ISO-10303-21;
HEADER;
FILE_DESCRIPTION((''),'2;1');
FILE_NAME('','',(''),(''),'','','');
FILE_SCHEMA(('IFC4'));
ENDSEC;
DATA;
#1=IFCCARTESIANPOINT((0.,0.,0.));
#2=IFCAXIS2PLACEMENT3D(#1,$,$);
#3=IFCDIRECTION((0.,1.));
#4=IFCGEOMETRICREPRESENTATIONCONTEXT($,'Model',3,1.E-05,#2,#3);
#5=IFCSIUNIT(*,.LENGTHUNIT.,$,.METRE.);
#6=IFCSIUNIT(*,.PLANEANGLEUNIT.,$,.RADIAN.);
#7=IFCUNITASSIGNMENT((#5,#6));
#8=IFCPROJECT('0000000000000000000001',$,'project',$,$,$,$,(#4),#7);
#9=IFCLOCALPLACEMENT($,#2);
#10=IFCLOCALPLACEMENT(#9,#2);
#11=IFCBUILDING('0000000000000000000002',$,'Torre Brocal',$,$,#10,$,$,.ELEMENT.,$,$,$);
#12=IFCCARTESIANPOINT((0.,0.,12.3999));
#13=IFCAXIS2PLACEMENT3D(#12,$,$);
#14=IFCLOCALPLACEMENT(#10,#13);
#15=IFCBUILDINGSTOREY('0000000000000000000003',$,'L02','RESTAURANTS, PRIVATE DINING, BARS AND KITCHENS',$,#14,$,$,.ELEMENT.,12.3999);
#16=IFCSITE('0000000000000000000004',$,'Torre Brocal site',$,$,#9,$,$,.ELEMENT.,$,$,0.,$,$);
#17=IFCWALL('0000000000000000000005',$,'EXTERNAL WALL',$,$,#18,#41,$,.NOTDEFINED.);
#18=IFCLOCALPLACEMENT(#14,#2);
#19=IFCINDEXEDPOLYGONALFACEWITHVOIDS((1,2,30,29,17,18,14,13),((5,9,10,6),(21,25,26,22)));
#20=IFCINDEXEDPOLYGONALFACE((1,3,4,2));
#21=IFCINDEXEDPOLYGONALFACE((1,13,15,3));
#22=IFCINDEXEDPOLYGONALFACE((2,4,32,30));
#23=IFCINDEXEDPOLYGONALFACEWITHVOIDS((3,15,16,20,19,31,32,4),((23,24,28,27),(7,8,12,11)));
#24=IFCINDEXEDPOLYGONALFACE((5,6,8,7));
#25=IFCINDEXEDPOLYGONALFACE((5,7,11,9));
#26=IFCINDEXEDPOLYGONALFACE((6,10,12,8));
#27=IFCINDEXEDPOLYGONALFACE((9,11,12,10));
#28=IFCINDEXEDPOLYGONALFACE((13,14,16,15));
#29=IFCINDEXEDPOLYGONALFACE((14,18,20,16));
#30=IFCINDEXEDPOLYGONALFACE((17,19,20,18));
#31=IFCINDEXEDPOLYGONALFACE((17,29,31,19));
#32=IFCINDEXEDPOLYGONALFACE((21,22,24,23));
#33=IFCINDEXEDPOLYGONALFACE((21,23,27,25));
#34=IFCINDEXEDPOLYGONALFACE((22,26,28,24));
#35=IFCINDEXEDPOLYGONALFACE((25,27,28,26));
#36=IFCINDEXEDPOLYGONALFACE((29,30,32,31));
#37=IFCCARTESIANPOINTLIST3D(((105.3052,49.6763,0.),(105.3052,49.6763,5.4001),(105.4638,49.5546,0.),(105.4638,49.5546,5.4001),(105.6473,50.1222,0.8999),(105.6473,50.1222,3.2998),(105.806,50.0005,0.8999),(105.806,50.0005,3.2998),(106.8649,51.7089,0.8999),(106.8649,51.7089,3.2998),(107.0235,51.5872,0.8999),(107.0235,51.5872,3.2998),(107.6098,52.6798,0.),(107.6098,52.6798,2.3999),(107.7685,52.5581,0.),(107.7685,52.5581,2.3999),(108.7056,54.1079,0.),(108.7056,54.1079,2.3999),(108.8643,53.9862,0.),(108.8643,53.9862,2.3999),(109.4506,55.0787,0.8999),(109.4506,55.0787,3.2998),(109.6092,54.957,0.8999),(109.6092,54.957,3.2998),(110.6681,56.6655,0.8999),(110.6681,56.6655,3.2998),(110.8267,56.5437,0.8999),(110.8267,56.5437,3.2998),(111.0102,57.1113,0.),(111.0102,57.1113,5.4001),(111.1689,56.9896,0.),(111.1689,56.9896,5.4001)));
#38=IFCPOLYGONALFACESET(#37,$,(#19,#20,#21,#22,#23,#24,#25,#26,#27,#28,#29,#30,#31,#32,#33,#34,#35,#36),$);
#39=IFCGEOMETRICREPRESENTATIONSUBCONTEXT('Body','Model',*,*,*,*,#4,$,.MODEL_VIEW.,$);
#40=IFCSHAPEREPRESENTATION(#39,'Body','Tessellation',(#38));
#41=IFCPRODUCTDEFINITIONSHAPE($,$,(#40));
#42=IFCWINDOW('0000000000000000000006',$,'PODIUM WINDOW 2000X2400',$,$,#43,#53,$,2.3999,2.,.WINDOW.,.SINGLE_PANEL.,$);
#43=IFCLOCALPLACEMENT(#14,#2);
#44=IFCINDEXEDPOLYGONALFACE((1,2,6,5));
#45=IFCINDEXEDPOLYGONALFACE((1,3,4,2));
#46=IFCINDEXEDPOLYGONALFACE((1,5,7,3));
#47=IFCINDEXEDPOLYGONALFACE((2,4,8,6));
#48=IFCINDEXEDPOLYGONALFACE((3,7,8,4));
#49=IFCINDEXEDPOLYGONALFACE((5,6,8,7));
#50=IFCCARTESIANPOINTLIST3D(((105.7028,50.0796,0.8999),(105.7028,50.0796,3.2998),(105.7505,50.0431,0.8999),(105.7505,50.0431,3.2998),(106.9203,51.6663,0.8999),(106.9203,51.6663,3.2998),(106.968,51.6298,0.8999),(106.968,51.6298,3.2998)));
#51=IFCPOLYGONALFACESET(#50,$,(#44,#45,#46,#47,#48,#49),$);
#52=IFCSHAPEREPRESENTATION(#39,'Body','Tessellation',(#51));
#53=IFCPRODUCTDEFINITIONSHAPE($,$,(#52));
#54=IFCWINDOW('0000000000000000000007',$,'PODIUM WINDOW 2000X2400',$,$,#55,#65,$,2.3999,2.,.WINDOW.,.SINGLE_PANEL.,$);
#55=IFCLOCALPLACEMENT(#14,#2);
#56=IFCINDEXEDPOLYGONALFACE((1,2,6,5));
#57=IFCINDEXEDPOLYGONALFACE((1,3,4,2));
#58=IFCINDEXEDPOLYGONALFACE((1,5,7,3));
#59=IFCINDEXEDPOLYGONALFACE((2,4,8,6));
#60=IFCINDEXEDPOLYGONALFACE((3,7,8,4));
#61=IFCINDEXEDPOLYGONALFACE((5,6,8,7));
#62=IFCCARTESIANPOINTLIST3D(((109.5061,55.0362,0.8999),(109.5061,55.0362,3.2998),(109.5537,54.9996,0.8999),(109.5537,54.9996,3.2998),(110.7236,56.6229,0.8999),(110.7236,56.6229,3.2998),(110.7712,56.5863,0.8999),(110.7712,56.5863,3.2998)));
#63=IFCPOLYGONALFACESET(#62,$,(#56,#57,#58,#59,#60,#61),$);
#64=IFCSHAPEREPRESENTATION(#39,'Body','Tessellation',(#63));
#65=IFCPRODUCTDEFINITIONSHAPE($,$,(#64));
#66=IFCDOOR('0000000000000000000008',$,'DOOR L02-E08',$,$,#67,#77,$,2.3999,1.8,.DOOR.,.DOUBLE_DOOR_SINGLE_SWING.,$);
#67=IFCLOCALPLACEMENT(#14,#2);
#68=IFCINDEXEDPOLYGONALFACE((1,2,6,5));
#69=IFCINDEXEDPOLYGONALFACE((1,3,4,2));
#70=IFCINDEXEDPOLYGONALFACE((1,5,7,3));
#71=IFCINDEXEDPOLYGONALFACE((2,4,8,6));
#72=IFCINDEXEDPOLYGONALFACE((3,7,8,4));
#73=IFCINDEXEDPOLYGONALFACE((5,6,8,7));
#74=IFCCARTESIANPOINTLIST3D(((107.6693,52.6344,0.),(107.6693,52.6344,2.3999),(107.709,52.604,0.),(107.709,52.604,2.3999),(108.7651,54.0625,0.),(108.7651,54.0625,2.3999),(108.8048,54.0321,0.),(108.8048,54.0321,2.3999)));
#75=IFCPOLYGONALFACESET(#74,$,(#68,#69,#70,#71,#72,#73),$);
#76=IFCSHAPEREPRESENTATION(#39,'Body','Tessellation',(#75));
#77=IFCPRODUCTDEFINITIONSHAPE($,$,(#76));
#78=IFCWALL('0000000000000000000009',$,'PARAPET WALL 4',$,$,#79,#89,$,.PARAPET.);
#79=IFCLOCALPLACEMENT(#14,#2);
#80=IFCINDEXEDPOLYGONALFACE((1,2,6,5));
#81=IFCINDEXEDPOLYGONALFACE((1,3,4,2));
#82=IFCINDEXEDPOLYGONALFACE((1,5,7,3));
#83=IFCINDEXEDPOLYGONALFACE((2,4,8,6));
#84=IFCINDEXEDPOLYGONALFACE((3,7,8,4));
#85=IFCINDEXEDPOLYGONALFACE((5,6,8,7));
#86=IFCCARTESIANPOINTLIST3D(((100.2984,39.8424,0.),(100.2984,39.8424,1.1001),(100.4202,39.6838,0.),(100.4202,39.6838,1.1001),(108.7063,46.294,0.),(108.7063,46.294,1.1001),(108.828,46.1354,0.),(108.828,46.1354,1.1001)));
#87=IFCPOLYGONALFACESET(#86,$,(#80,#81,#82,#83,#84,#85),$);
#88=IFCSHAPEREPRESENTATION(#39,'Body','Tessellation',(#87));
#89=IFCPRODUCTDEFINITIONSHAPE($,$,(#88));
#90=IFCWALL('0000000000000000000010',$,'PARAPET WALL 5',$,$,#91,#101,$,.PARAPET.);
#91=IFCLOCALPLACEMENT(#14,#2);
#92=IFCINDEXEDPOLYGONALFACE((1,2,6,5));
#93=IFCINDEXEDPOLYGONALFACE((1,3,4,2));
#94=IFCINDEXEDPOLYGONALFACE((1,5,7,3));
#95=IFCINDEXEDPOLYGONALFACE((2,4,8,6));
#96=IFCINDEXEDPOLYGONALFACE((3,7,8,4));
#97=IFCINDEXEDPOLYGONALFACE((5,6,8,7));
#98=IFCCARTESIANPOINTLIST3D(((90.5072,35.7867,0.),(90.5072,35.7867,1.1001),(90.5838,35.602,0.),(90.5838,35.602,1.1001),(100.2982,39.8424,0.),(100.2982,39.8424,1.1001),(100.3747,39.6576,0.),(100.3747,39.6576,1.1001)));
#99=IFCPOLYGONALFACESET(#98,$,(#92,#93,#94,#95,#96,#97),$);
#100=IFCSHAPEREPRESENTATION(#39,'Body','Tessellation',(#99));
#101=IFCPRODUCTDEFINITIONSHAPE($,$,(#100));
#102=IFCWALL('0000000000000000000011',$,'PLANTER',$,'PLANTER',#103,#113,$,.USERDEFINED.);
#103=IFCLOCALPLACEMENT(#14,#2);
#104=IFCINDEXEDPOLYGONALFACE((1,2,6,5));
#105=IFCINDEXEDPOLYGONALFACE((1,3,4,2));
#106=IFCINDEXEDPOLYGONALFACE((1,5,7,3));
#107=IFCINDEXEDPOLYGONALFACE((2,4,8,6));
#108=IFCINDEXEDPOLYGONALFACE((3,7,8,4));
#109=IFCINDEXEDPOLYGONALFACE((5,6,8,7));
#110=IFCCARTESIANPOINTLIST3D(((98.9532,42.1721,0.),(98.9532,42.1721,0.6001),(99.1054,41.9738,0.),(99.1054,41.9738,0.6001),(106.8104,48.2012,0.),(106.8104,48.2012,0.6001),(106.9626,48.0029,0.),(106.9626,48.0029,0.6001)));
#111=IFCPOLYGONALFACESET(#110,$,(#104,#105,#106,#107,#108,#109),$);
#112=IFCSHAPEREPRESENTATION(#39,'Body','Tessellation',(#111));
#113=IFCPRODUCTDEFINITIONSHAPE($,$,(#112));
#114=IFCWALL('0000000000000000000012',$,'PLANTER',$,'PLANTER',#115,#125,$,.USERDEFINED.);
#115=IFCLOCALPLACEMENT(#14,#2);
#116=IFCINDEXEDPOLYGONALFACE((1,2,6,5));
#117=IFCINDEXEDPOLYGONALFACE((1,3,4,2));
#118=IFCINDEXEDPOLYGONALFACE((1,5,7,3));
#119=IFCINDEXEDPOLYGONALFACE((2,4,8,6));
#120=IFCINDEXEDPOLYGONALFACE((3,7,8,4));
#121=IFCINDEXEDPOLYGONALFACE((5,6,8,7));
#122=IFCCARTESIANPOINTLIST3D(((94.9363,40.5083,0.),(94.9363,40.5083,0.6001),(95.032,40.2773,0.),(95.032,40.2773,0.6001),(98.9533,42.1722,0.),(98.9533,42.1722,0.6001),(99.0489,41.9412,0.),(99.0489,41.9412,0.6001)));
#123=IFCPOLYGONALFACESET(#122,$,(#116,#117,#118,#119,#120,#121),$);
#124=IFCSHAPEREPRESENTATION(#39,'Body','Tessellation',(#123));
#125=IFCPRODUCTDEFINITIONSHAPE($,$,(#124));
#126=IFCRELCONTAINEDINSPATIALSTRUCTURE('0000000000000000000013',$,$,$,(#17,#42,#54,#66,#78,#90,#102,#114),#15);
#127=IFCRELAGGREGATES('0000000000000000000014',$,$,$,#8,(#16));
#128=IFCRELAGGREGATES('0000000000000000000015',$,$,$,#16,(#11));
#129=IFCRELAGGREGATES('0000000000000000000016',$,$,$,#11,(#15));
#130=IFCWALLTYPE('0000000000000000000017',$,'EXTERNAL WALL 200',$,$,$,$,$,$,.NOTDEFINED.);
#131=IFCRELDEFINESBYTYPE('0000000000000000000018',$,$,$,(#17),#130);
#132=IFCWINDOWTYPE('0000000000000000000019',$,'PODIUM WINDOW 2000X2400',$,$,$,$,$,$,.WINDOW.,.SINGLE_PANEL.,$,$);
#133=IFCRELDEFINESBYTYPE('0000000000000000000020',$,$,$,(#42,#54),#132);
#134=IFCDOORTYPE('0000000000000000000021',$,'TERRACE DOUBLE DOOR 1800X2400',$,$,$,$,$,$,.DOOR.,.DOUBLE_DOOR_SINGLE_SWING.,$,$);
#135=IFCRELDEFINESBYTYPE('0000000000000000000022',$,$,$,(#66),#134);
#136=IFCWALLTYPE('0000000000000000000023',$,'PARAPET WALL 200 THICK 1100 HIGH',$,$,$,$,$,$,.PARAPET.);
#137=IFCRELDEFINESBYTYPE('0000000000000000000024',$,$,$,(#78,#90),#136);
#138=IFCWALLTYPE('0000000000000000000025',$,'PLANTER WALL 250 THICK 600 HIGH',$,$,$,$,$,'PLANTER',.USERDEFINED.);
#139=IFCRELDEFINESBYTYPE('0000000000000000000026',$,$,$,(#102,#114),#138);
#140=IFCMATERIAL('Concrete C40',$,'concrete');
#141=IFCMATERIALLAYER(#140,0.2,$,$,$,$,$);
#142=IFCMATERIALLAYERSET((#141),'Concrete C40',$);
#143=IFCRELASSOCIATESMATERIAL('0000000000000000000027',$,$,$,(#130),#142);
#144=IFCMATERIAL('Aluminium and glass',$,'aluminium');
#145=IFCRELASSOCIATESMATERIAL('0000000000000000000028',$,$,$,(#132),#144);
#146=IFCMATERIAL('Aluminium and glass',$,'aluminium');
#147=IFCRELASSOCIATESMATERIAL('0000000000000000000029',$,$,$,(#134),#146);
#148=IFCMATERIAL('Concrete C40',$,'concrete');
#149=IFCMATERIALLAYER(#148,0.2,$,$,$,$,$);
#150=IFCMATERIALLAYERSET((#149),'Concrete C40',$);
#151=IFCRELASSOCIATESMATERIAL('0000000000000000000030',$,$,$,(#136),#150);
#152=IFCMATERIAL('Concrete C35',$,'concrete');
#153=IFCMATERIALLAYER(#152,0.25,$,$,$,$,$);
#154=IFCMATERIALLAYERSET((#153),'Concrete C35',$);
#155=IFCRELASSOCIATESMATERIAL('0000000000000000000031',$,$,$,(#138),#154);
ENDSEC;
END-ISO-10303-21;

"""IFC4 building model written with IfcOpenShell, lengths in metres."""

from ifc_helpers import new_model, si_unit, direction, frame, frame_2d, origin, place, context, subcontext, project, spatial, rectangle, extrude, material, layer, layer_set, type_object, element, fill, save


model = new_model("IFC4")

# Units and contexts
model_context = context("Model", 3, precision=1e-05, world=origin(), true_north=direction((0.0, 1.0)))
body_context = subcontext(model_context, "Body", "Model", "MODEL_VIEW")
ifc_project = project(units=[si_unit("LENGTHUNIT", "METRE"), si_unit("PLANEANGLEUNIT", "RADIAN")], contexts=[model_context])

# Site, building, storey
site_placement = place(None, origin())
site = spatial("IfcSite", under=ifc_project, at=site_placement, Name="Torre Brocal site", CompositionType="ELEMENT", RefElevation=0.0)
building_placement = place(site_placement, origin())
building = spatial("IfcBuilding", under=site, at=building_placement, Name="Torre Brocal", CompositionType="ELEMENT")
storey_placement = place(building_placement, frame((0.0, 0.0, 12.3999)))
storey = spatial("IfcBuildingStorey", under=building, at=storey_placement, Name="L02", Description="RESTAURANTS, PRIVATE DINING, BARS AND KITCHENS", CompositionType="ELEMENT", Elevation=12.3999)

# Wall, openings, windows, door
ifc_material_1 = material(Name="Concrete C40", Category="concrete")
ifc_layer_1 = layer(ifc_material_1, 0.2)
ifc_layer_set_1 = layer_set([ifc_layer_1], Name="Concrete C40")
wall_type_1 = type_object("IfcWallType", Name="EXTERNAL WALL 200", PredefinedType="NOTDEFINED", material=ifc_layer_set_1)
wall_1_placement = place(storey_placement, frame((105.3845, 49.6155, 0.0), z_axis=(0.0, 0.0, 1.0), x_axis=(0.608759, 0.793356, 0.0)))
wall_1 = element("IfcWall", 1, at=wall_1_placement, inside=storey, type_object=wall_type_1, Name="EXTERNAL WALL", PredefinedType="NOTDEFINED", context=body_context, shape_type="SweptSolid", body=[
    extrude(rectangle(XDim=9.3716, YDim=0.2, at=frame_2d((4.6858, 0.0))), origin(), (0.0, 0.0, 1.0), 5.4001),
])
opening_1_placement = place(wall_1_placement, frame((0.562, 0.0, 0.8999)))
opening_1 = element("IfcOpeningElement", 2, at=opening_1_placement, cuts=wall_1, PredefinedType="OPENING", context=body_context, shape_type="SweptSolid", body=[
    extrude(rectangle(XDim=2.0, YDim=2.3999, at=frame_2d((1.0, 1.2))), frame((0.0, 0.1099, 0.0), z_axis=(0.0, -1.0, 0.0), x_axis=(1.0, 0.0, 0.0)), (0.0, 0.0, 1.0), 0.22),
])
opening_2_placement = place(wall_1_placement, frame((3.7859, 0.0, 0.0)))
opening_2 = element("IfcOpeningElement", 3, at=opening_2_placement, cuts=wall_1, PredefinedType="OPENING", context=body_context, shape_type="SweptSolid", body=[
    extrude(rectangle(XDim=1.8, YDim=2.3999, at=frame_2d((0.8999, 1.2))), frame((0.0, 0.1099, 0.0), z_axis=(0.0, -1.0, 0.0), x_axis=(1.0, 0.0, 0.0)), (0.0, 0.0, 1.0), 0.22),
])
opening_3_placement = place(wall_1_placement, frame((6.8096, 0.0, 0.8999)))
opening_3 = element("IfcOpeningElement", 4, at=opening_3_placement, cuts=wall_1, PredefinedType="OPENING", context=body_context, shape_type="SweptSolid", body=[
    extrude(rectangle(XDim=2.0, YDim=2.3999, at=frame_2d((1.0, 1.2))), frame((0.0, 0.1099, 0.0), z_axis=(0.0, -1.0, 0.0), x_axis=(1.0, 0.0, 0.0)), (0.0, 0.0, 1.0), 0.22),
])
ifc_material_2 = material(Name="Aluminium and glass", Category="aluminium")
window_type = type_object("IfcWindowType", Name="PODIUM WINDOW 2000X2400", PartitioningType="SINGLE_PANEL", PredefinedType="WINDOW", material=ifc_material_2)
window_1_placement = place(opening_1_placement, origin())
window_1 = element("IfcWindow", 5, at=window_1_placement, inside=storey, type_object=window_type, Name="PODIUM WINDOW 2000X2400", OverallHeight=2.3999, OverallWidth=2.0, PartitioningType="SINGLE_PANEL", PredefinedType="WINDOW", context=body_context, shape_type="SweptSolid", body=[
    extrude(rectangle(XDim=2.0, YDim=2.3999, at=frame_2d((1.0, 1.2))), frame((0.0, 0.03, 0.0), z_axis=(0.0, -1.0, 0.0), x_axis=(1.0, 0.0, 0.0)), (0.0, 0.0, 1.0), 0.0601),
])
fill(opening_1, window_1)
window_2_placement = place(opening_3_placement, origin())
window_2 = element("IfcWindow", 6, at=window_2_placement, inside=storey, type_object=window_type, Name="PODIUM WINDOW 2000X2400", OverallHeight=2.3999, OverallWidth=2.0, PartitioningType="SINGLE_PANEL", PredefinedType="WINDOW", context=body_context, shape_type="SweptSolid", body=[
    extrude(rectangle(XDim=2.0, YDim=2.3999, at=frame_2d((1.0, 1.2))), frame((0.0, 0.03, 0.0), z_axis=(0.0, -1.0, 0.0), x_axis=(1.0, 0.0, 0.0)), (0.0, 0.0, 1.0), 0.0601),
])
fill(opening_3, window_2)
ifc_material_3 = material(Name="Aluminium and glass", Category="aluminium")
door_type = type_object("IfcDoorType", Name="TERRACE DOUBLE DOOR 1800X2400", OperationType="DOUBLE_DOOR_SINGLE_SWING", PredefinedType="DOOR", material=ifc_material_3)
door_placement = place(opening_2_placement, frame((1.8, 0.0, 0.0), z_axis=(0.0, 0.0, 1.0), x_axis=(-1.0, 0.0, 0.0)))
door = element("IfcDoor", 7, at=door_placement, inside=storey, type_object=door_type, Name="DOOR L02-E08", OperationType="DOUBLE_DOOR_SINGLE_SWING", OverallHeight=2.3999, OverallWidth=1.8, PredefinedType="DOOR", context=body_context, shape_type="SweptSolid", body=[
    extrude(rectangle(XDim=1.8, YDim=2.3999, at=frame_2d((0.8999, 1.2))), frame((0.0, 0.0249, 0.0), z_axis=(0.0, -1.0, 0.0), x_axis=(1.0, 0.0, 0.0)), (0.0, 0.0, 1.0), 0.05),
])
fill(opening_2, door)

# Walls
ifc_material_4 = material(Name="Concrete C40", Category="concrete")
ifc_layer_2 = layer(ifc_material_4, 0.2)
ifc_layer_set_2 = layer_set([ifc_layer_2], Name="Concrete C40")
wall_type_2 = type_object("IfcWallType", Name="PARAPET WALL 200 THICK 1100 HIGH", PredefinedType="PARAPET", material=ifc_layer_set_2)
wall_2_placement = place(storey_placement, frame((108.7671, 46.2146, 0.0), z_axis=(0.0, 0.0, 1.0), x_axis=(-0.793353, -0.608762, 0.0)))
element("IfcWall", 8, at=wall_2_placement, inside=storey, type_object=wall_type_2, Name="PARAPET WALL 4", PredefinedType="PARAPET", context=body_context, shape_type="SweptSolid", body=[
    extrude(rectangle(XDim=10.5979, YDim=0.2, at=frame_2d((5.2988, 0.0))), origin(), (0.0, 0.0, 1.0), 1.1001),
])
wall_3_placement = place(storey_placement, frame((100.3364, 39.75, 0.0), z_axis=(0.0, 0.0, 1.0), x_axis=(-0.923876, -0.382691, 0.0)))
element("IfcWall", 9, at=wall_3_placement, inside=storey, type_object=wall_type_2, Name="PARAPET WALL 5", PredefinedType="PARAPET", context=body_context, shape_type="SweptSolid", body=[
    extrude(rectangle(XDim=10.5977, YDim=0.2, at=frame_2d((5.2988, 0.0))), origin(), (0.0, 0.0, 1.0), 1.1001),
])
ifc_material_5 = material(Name="Concrete C35", Category="concrete")
ifc_layer_3 = layer(ifc_material_5, 0.25)
ifc_layer_set_3 = layer_set([ifc_layer_3], Name="Concrete C35")
wall_type_3 = type_object("IfcWallType", Name="PLANTER WALL 250 THICK 600 HIGH", ElementType="PLANTER", PredefinedType="USERDEFINED", material=ifc_layer_set_3)
wall_4_placement = place(storey_placement, frame((106.8865, 48.1021, 0.0), z_axis=(0.0, 0.0, 1.0), x_axis=(-0.793352, -0.608763, 0.0)))
element("IfcWall", 10, at=wall_4_placement, inside=storey, type_object=wall_type_3, Name="PLANTER", ObjectType="PLANTER", PredefinedType="USERDEFINED", context=body_context, shape_type="SweptSolid", body=[
    extrude(rectangle(XDim=9.9038, YDim=0.25, at=frame_2d((4.9519, 0.0))), origin(), (0.0, 0.0, 1.0), 0.6001),
])
wall_5_placement = place(storey_placement, frame((99.001, 42.0566, 0.0), z_axis=(0.0, 0.0, 1.0), x_axis=(-0.923881, -0.382681, 0.0)))
element("IfcWall", 11, at=wall_5_placement, inside=storey, type_object=wall_type_3, Name="PLANTER", ObjectType="PLANTER", PredefinedType="USERDEFINED", context=body_context, shape_type="SweptSolid", body=[
    extrude(rectangle(XDim=4.3479, YDim=0.25, at=frame_2d((2.1738, 0.0))), origin(), (0.0, 0.0, 1.0), 0.6001),
])

save(model, "model.ifc")
